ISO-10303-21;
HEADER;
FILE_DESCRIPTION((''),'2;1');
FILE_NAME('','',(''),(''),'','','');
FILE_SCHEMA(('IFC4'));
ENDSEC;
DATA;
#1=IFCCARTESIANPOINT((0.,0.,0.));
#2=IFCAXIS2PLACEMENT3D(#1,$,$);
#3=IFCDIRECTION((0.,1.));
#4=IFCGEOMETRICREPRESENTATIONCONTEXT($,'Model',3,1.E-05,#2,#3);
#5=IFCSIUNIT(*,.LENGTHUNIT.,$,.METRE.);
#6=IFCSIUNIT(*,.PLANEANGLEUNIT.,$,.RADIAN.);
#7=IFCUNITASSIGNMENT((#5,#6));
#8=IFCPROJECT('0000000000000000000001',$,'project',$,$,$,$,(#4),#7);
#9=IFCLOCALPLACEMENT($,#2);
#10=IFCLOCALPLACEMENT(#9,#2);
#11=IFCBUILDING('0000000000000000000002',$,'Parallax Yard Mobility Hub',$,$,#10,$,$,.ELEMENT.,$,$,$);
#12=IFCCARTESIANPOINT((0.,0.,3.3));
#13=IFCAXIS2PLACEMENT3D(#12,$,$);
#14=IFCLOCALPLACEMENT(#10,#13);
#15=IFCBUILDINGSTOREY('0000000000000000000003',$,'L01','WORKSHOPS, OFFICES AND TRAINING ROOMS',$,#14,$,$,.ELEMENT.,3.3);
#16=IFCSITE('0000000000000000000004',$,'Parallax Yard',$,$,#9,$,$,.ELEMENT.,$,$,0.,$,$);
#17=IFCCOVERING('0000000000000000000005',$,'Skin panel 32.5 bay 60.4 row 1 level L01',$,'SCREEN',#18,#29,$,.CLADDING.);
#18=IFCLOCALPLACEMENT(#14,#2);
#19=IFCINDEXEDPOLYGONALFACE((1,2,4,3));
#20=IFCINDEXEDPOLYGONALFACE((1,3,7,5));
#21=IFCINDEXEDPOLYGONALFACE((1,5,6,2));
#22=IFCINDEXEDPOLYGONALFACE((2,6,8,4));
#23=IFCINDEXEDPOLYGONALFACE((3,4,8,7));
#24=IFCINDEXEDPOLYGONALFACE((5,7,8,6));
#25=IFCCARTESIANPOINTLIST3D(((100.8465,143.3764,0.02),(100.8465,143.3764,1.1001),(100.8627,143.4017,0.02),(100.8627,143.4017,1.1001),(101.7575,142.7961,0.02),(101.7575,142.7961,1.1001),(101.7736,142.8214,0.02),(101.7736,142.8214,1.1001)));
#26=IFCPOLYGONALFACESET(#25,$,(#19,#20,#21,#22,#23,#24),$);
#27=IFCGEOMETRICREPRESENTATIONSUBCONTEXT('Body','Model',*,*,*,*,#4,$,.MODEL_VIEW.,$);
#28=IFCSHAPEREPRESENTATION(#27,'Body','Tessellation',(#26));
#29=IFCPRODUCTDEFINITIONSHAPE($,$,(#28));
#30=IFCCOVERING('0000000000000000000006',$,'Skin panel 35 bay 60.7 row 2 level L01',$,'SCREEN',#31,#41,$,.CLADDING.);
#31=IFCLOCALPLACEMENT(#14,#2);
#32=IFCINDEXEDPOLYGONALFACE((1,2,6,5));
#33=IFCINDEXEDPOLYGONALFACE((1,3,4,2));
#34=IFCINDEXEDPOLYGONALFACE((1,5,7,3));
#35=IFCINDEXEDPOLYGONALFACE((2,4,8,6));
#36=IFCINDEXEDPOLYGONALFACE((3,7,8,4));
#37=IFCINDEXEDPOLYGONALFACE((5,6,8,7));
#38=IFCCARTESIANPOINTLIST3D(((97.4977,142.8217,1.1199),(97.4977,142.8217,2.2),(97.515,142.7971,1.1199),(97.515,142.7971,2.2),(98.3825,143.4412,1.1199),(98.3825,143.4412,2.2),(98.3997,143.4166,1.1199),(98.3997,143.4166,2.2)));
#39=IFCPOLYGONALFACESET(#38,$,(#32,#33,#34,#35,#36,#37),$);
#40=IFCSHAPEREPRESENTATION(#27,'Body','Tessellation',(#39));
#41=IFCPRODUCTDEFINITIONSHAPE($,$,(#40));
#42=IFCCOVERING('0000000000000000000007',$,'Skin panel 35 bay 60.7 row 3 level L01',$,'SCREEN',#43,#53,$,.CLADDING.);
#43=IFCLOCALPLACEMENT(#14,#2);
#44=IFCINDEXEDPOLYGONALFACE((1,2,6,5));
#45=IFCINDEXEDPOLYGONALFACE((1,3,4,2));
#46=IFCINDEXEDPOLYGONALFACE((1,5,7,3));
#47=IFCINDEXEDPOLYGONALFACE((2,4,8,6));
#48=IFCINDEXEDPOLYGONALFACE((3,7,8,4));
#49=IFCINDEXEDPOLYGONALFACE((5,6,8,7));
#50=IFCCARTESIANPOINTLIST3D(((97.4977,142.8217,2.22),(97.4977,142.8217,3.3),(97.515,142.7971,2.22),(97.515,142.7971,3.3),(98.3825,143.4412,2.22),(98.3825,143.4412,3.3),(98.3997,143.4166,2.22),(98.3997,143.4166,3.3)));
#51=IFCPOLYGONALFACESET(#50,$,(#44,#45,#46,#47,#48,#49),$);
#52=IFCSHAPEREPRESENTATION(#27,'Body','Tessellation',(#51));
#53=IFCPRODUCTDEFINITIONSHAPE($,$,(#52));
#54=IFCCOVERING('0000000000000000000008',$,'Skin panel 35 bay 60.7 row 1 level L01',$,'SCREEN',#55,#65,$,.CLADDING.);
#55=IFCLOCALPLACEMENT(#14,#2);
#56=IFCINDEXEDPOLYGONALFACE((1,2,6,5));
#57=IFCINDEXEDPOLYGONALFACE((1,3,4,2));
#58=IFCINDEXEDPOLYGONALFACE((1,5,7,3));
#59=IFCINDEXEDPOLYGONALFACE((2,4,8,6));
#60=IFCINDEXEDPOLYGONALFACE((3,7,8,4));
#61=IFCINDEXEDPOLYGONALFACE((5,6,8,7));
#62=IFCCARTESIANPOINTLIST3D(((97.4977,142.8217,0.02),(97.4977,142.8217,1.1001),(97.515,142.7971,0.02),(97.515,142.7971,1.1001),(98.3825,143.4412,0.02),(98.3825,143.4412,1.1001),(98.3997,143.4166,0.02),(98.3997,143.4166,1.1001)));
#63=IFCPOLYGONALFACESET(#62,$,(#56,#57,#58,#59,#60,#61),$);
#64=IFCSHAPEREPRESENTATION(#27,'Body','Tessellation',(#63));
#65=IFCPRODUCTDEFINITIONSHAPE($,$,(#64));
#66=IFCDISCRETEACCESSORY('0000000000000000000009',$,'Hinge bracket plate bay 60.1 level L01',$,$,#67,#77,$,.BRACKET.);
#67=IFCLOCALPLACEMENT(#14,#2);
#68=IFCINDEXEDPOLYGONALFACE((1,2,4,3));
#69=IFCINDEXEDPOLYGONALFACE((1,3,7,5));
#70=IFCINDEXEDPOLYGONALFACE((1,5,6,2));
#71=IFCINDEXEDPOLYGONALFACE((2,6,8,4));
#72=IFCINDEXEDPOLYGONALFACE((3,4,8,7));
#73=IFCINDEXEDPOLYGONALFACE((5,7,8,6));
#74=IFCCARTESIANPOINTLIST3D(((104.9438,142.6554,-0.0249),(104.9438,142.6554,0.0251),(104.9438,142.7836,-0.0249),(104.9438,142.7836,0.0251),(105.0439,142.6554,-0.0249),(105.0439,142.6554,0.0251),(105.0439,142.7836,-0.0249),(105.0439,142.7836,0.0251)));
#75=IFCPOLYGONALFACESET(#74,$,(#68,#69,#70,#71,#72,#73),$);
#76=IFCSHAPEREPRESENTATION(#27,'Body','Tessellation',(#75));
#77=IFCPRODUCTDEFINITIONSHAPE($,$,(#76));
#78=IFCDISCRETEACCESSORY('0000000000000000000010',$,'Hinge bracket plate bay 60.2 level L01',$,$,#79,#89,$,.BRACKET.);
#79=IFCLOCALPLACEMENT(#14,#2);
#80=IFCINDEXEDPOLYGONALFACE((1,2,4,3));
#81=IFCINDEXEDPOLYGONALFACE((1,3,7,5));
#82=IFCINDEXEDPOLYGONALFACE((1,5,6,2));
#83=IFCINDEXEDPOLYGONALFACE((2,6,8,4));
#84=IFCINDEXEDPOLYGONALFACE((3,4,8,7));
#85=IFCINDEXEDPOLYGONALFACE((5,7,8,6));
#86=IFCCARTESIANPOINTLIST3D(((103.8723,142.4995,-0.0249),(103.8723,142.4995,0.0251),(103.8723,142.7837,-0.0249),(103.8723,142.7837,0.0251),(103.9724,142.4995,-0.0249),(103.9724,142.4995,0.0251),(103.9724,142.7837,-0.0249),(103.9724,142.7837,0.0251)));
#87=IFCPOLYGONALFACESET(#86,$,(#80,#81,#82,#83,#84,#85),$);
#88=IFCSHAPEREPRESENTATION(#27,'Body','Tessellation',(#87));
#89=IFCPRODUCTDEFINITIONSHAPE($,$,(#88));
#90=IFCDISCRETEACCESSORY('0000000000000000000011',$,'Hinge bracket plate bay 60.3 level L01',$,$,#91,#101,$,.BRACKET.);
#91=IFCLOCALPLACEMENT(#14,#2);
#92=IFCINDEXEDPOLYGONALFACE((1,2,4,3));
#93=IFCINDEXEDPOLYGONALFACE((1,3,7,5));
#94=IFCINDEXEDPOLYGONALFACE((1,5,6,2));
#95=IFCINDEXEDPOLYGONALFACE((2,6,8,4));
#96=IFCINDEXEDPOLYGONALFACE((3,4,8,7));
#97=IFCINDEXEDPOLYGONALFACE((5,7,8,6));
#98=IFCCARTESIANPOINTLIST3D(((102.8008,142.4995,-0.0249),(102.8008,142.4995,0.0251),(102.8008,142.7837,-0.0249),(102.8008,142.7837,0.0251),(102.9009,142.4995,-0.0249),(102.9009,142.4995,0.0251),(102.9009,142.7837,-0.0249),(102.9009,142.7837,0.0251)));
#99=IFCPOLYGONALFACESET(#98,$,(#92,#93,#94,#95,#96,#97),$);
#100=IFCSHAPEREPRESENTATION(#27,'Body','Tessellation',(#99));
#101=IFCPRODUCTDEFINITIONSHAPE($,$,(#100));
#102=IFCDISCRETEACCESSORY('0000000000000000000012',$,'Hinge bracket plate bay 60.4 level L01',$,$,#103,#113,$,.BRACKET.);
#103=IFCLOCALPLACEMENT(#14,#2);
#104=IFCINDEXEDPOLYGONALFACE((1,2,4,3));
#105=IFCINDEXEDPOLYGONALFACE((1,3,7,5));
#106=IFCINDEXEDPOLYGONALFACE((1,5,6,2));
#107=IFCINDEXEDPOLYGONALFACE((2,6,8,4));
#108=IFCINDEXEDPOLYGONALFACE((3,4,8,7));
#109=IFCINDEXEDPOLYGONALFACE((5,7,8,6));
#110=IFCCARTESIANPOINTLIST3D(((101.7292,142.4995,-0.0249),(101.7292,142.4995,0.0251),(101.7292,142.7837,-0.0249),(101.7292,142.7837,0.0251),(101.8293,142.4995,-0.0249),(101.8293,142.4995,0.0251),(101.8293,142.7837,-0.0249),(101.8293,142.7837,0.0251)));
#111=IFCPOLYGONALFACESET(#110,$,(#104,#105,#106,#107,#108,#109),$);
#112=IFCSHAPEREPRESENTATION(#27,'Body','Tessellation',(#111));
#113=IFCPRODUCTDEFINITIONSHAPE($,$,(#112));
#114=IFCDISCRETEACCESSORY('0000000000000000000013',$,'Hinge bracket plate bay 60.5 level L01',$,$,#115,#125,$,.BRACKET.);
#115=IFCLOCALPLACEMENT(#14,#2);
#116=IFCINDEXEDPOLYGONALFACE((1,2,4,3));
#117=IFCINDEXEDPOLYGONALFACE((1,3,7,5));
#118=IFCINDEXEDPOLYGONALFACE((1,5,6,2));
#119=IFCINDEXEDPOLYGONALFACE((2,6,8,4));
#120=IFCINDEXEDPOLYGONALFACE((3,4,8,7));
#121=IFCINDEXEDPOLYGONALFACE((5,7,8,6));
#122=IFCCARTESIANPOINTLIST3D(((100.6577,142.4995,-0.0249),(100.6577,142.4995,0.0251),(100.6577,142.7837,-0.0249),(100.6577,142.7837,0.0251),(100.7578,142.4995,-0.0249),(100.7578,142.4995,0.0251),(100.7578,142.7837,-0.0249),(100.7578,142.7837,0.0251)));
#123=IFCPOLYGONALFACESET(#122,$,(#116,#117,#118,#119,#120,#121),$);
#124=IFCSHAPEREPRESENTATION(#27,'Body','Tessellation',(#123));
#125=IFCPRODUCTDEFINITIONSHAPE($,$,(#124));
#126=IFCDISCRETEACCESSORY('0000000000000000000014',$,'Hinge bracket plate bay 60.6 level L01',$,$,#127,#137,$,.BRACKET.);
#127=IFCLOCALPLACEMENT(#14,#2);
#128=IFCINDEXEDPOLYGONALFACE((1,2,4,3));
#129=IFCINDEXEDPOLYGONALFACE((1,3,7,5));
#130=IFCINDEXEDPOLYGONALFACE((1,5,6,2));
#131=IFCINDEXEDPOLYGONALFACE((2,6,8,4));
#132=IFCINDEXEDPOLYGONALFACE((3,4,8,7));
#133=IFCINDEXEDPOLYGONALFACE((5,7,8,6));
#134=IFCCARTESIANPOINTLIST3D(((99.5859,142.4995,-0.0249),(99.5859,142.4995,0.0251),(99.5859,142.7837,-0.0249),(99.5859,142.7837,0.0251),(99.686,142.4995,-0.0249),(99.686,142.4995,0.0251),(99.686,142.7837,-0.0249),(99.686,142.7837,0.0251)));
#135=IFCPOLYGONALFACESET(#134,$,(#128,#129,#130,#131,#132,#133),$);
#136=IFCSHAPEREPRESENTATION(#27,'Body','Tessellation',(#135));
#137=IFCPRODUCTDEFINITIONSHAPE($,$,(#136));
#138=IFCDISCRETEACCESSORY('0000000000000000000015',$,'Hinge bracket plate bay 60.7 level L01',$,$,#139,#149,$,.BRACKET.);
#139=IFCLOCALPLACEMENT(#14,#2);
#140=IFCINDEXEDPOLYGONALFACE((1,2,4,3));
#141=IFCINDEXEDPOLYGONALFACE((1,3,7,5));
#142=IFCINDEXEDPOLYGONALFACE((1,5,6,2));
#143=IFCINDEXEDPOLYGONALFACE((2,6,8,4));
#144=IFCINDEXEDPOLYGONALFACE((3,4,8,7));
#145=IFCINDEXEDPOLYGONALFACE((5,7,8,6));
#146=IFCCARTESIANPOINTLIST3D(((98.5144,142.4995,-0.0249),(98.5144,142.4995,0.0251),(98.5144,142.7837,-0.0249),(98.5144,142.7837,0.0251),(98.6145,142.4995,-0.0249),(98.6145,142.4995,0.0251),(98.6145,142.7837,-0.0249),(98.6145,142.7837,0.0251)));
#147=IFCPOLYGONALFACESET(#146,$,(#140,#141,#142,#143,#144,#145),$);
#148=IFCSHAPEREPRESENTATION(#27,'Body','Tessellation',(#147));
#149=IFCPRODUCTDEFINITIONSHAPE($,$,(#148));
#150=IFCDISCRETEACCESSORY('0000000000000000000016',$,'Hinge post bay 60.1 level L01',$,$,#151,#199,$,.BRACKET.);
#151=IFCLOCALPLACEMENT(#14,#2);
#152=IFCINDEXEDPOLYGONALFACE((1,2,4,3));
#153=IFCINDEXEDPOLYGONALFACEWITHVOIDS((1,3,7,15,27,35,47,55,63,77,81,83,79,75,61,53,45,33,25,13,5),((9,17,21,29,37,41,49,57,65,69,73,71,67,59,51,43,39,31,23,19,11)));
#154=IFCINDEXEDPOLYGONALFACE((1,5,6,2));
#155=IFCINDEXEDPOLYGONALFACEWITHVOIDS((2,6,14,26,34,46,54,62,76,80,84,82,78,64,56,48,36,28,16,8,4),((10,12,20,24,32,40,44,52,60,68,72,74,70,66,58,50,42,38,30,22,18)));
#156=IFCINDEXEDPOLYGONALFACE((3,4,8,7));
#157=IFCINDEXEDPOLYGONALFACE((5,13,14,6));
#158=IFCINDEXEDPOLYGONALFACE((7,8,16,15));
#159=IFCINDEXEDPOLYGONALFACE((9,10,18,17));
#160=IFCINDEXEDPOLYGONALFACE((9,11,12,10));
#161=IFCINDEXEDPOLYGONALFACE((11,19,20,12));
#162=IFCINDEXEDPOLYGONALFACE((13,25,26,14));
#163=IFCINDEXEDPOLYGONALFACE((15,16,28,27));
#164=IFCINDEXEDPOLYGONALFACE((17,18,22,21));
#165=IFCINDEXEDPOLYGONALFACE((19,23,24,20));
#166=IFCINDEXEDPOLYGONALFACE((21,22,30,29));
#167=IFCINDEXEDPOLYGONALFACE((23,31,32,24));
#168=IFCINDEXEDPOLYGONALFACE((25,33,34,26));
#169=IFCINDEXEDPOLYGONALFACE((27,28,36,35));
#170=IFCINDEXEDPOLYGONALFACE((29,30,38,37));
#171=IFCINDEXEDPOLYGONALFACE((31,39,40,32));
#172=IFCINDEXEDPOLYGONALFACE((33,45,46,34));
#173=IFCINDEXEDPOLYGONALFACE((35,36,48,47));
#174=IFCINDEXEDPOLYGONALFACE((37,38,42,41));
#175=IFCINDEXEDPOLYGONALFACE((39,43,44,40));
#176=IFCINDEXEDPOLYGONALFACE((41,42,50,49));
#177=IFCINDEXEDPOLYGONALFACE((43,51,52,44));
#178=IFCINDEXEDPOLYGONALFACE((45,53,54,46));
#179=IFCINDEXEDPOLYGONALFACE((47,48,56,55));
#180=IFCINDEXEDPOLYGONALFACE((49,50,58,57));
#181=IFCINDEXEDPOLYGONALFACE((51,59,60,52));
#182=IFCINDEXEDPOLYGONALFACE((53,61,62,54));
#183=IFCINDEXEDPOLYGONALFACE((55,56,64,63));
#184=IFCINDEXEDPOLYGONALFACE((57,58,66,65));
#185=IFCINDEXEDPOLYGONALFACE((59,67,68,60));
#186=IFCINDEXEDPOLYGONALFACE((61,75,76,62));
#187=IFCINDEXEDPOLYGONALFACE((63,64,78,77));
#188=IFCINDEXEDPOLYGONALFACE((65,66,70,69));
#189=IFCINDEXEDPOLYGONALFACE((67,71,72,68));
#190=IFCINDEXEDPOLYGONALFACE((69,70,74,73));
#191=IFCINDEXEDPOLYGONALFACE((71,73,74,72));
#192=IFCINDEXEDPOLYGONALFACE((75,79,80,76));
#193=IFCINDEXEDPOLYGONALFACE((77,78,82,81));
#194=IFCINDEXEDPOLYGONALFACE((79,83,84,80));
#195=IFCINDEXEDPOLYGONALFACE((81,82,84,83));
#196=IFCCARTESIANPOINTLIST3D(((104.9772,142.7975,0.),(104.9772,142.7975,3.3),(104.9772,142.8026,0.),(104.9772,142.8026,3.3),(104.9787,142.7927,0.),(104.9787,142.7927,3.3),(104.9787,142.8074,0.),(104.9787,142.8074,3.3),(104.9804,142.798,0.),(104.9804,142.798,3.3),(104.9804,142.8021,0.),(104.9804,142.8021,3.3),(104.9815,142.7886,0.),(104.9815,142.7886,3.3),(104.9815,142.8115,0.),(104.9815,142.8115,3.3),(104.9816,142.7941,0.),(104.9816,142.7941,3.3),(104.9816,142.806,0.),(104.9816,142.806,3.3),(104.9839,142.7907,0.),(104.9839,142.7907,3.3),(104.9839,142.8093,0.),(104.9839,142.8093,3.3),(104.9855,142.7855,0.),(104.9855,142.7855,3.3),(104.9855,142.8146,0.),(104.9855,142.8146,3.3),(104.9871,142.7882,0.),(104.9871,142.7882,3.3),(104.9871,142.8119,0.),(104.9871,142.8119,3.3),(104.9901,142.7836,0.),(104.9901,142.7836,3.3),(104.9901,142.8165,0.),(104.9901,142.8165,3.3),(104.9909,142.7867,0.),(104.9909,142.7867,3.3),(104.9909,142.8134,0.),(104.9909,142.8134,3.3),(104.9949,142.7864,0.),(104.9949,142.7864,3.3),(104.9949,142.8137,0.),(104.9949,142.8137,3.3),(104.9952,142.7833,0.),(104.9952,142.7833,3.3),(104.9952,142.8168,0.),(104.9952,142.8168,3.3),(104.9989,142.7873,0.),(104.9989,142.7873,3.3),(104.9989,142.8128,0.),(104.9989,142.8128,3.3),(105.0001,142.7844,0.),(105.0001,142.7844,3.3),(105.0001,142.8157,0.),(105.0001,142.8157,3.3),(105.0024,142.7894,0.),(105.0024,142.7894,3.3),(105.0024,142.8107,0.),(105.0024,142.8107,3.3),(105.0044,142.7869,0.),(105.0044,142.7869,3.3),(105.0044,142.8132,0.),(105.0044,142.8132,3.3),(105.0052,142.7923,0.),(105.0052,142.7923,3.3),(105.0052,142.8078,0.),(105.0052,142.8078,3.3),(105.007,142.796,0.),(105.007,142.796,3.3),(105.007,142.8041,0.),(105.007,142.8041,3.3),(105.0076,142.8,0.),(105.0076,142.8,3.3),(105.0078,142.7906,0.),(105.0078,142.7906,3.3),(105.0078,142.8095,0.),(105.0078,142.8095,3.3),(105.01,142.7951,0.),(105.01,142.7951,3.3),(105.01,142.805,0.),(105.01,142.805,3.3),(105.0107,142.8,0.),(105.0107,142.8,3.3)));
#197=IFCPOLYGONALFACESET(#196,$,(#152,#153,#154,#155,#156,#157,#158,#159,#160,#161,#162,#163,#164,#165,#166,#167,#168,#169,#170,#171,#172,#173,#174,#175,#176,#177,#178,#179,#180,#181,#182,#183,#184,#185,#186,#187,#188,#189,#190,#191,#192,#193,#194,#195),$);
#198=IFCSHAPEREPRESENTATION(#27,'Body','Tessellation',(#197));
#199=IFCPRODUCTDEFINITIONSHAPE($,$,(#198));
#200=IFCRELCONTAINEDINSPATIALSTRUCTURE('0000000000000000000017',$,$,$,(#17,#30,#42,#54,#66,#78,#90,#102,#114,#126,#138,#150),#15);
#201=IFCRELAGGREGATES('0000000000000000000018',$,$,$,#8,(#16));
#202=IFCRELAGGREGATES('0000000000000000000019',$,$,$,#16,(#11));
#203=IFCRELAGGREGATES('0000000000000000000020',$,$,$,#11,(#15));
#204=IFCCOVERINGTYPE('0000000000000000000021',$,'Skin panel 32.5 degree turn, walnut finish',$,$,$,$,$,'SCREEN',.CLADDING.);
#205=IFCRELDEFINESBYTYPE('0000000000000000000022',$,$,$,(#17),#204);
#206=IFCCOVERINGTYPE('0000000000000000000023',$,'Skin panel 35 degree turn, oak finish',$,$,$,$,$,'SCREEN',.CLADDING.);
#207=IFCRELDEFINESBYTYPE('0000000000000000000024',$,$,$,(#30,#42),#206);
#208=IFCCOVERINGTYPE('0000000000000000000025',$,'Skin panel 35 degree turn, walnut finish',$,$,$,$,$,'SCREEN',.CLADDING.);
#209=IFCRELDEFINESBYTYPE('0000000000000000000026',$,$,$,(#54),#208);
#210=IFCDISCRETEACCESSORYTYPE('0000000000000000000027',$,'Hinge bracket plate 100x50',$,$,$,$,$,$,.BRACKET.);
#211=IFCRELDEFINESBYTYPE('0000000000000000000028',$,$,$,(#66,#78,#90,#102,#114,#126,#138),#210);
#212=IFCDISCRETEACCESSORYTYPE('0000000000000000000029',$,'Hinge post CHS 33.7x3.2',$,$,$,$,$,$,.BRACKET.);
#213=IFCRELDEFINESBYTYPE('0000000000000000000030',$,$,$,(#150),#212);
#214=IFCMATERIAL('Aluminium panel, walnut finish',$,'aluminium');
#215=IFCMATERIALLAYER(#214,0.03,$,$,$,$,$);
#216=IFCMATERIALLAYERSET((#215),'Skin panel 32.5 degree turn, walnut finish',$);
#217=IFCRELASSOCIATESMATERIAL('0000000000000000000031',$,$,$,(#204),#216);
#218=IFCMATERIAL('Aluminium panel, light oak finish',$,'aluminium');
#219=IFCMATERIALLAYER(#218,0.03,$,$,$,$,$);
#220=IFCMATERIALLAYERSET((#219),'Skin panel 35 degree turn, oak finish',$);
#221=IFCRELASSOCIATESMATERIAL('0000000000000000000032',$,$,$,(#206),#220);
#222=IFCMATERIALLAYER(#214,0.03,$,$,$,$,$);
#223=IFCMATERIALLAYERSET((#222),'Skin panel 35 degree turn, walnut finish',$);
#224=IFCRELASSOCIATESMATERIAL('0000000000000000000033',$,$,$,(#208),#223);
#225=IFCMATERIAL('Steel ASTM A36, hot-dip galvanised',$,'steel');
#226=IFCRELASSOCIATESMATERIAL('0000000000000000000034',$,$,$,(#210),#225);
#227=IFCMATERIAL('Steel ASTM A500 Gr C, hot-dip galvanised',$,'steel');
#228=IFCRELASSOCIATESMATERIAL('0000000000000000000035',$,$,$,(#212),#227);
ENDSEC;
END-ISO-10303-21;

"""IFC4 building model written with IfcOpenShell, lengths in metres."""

from ifc_helpers import new_model, si_unit, direction, frame, origin, origin_2d, place, context, subcontext, project, spatial, rectangle, hollow_circle, extrude, material, layer, layer_set, material_profile, profile_set, type_object, element, save


model = new_model("IFC4")

# Units and contexts
model_context = context("Model", 3, precision=1e-05, world=origin(), true_north=direction((0.0, 1.0)))
body_context = subcontext(model_context, "Body", "Model", "MODEL_VIEW")
ifc_project = project(units=[si_unit("LENGTHUNIT", "METRE"), si_unit("PLANEANGLEUNIT", "RADIAN")], contexts=[model_context])

# Site, building, storey
site_placement = place(None, origin())
site = spatial("IfcSite", under=ifc_project, at=site_placement, Name="Parallax Yard", CompositionType="ELEMENT", RefElevation=0.0)
building_placement = place(site_placement, origin())
building = spatial("IfcBuilding", under=site, at=building_placement, Name="Parallax Yard Mobility Hub", CompositionType="ELEMENT")
storey_placement = place(building_placement, frame((0.0, 0.0, 3.3)))
storey = spatial("IfcBuildingStorey", under=building, at=storey_placement, Name="L01", Description="WORKSHOPS, OFFICES AND TRAINING ROOMS", CompositionType="ELEMENT", Elevation=3.3)

# Coverings
ifc_material_1 = material(Name="Aluminium panel, light oak finish", Category="aluminium")
ifc_material_2 = material(Name="Aluminium panel, walnut finish", Category="aluminium")
ifc_layer_1 = layer(ifc_material_2, 0.03)
ifc_layer_set_1 = layer_set([ifc_layer_1], Name="Skin panel 32.5 degree turn, walnut finish")
covering_type_1 = type_object("IfcCoveringType", Name="Skin panel 32.5 degree turn, walnut finish", ElementType="SCREEN", PredefinedType="CLADDING", material=ifc_layer_set_1)
for number, where, z_axis, x_axis, name in (
    (1, (101.3101, 143.0989, 0.02), (0.0, 0.0, 1.0), (-0.843391, 0.5373, 0.0), "Skin panel 32.5 bay 60.4 row 1 level L01"),
):
    element("IfcCovering", number, at=place(storey_placement, frame(where, z_axis=z_axis, x_axis=x_axis)), inside=storey, type_object=covering_type_1, Name=name, ObjectType="SCREEN", PredefinedType="CLADDING", context=body_context, shape_type="SweptSolid", body=[
        extrude(rectangle(XDim=1.0801, YDim=0.03, at=origin_2d()), origin(), (0.0, 0.0, 1.0), 1.0801),
    ])
ifc_layer_2 = layer(ifc_material_1, 0.03)
ifc_layer_set_2 = layer_set([ifc_layer_2], Name="Skin panel 35 degree turn, oak finish")
covering_type_2 = type_object("IfcCoveringType", Name="Skin panel 35 degree turn, oak finish", ElementType="SCREEN", PredefinedType="CLADDING", material=ifc_layer_set_2)
for number, where, z_axis, x_axis, name in (
    (2, (97.9487, 143.1191, 1.1199), (0.0, 0.0, 1.0), (0.819152, 0.573576, 0.0), "Skin panel 35 bay 60.7 row 2 level L01"),
    (3, (97.9487, 143.1191, 2.22), (0.0, 0.0, 1.0), (0.819152, 0.573576, 0.0), "Skin panel 35 bay 60.7 row 3 level L01"),
):
    element("IfcCovering", number, at=place(storey_placement, frame(where, z_axis=z_axis, x_axis=x_axis)), inside=storey, type_object=covering_type_2, Name=name, ObjectType="SCREEN", PredefinedType="CLADDING", context=body_context, shape_type="SweptSolid", body=[
        extrude(rectangle(XDim=1.0801, YDim=0.03, at=origin_2d()), origin(), (0.0, 0.0, 1.0), 1.0801),
    ])
ifc_layer_3 = layer(ifc_material_2, 0.03)
ifc_layer_set_3 = layer_set([ifc_layer_3], Name="Skin panel 35 degree turn, walnut finish")
covering_type_3 = type_object("IfcCoveringType", Name="Skin panel 35 degree turn, walnut finish", ElementType="SCREEN", PredefinedType="CLADDING", material=ifc_layer_set_3)
covering_1_placement = place(storey_placement, frame((97.9487, 143.1191, 0.02), z_axis=(0.0, 0.0, 1.0), x_axis=(0.819152, 0.573576, 0.0)))
element("IfcCovering", 4, at=covering_1_placement, inside=storey, type_object=covering_type_3, Name="Skin panel 35 bay 60.7 row 1 level L01", ObjectType="SCREEN", PredefinedType="CLADDING", context=body_context, shape_type="SweptSolid", body=[
    extrude(rectangle(XDim=1.0801, YDim=0.03, at=origin_2d()), origin(), (0.0, 0.0, 1.0), 1.0801),
])

# Discrete accessories
ifc_material_3 = material(Name="Steel ASTM A36, hot-dip galvanised", Category="steel")
discrete_accessory_type_1 = type_object("IfcDiscreteAccessoryType", Name="Hinge bracket plate 100x50", PredefinedType="BRACKET", material=ifc_material_3)
discrete_accessory_placement = place(storey_placement, frame((104.9939, 142.7195, -0.0249), z_axis=(0.0, 0.0, 1.0), x_axis=(0.0, 1.0, 0.0)))
element("IfcDiscreteAccessory", 5, at=discrete_accessory_placement, inside=storey, type_object=discrete_accessory_type_1, Name="Hinge bracket plate bay 60.1 level L01", PredefinedType="BRACKET", context=body_context, shape_type="SweptSolid", body=[
    extrude(rectangle(XDim=0.1282, YDim=0.1001, at=origin_2d()), origin(), (0.0, 0.0, 1.0), 0.05),
])
for number, where, z_axis, x_axis, name in (
    (6, (103.9224, 142.6416, -0.0249), (0.0, 0.0, 1.0), (0.0, 1.0, 0.0), "Hinge bracket plate bay 60.2 level L01"),
    (7, (102.8508, 142.6416, -0.0249), (0.0, 0.0, 1.0), (0.0, 1.0, 0.0), "Hinge bracket plate bay 60.3 level L01"),
    (8, (101.7793, 142.6416, -0.0249), (0.0, 0.0, 1.0), (0.0, 1.0, 0.0), "Hinge bracket plate bay 60.4 level L01"),
    (9, (100.7078, 142.6416, -0.0249), (0.0, 0.0, 1.0), (0.0, 1.0, 0.0), "Hinge bracket plate bay 60.5 level L01"),
    (10, (99.636, 142.6416, -0.0249), (0.0, 0.0, 1.0), (0.0, 1.0, 0.0), "Hinge bracket plate bay 60.6 level L01"),
    (11, (98.5645, 142.6416, -0.0249), (0.0, 0.0, 1.0), (0.0, 1.0, 0.0), "Hinge bracket plate bay 60.7 level L01"),
):
    element("IfcDiscreteAccessory", number, at=place(storey_placement, frame(where, z_axis=z_axis, x_axis=x_axis)), inside=storey, type_object=discrete_accessory_type_1, Name=name, PredefinedType="BRACKET", context=body_context, shape_type="SweptSolid", body=[
        extrude(rectangle(XDim=0.2842, YDim=0.1001, at=origin_2d()), origin(), (0.0, 0.0, 1.0), 0.05),
    ])
ifc_material_4 = material(Name="Steel ASTM A500 Gr C, hot-dip galvanised", Category="steel")
ifc_material_profile = material_profile(ifc_material_4, hollow_circle(Radius=0.0168, WallThickness=0.0032, at=origin_2d()), Name="CHS 33.7x3.2")
ifc_profile_set = profile_set([ifc_material_profile], Name="Steel ASTM A500 Gr C, hot-dip galvanised")
discrete_accessory_type_2 = type_object("IfcDiscreteAccessoryType", Name="Hinge post CHS 33.7x3.2", PredefinedType="BRACKET", material=ifc_profile_set)
for number, where, z_axis, x_axis, name in (
    (12, (104.9939, 142.8, 0.0), (0.0, 0.0, 1.0), (1.0, 0.0, 0.0), "Hinge post bay 60.1 level L01"),
):
    element("IfcDiscreteAccessory", number, at=place(storey_placement, frame(where, z_axis=z_axis, x_axis=x_axis)), inside=storey, type_object=discrete_accessory_type_2, Name=name, PredefinedType="BRACKET", context=body_context, shape_type="SweptSolid", body=[
        extrude(hollow_circle(Radius=0.0168, WallThickness=0.0032, at=origin_2d()), origin(), (0.0, 0.0, 1.0), 3.3),
    ])

save(model, "model.ifc")
